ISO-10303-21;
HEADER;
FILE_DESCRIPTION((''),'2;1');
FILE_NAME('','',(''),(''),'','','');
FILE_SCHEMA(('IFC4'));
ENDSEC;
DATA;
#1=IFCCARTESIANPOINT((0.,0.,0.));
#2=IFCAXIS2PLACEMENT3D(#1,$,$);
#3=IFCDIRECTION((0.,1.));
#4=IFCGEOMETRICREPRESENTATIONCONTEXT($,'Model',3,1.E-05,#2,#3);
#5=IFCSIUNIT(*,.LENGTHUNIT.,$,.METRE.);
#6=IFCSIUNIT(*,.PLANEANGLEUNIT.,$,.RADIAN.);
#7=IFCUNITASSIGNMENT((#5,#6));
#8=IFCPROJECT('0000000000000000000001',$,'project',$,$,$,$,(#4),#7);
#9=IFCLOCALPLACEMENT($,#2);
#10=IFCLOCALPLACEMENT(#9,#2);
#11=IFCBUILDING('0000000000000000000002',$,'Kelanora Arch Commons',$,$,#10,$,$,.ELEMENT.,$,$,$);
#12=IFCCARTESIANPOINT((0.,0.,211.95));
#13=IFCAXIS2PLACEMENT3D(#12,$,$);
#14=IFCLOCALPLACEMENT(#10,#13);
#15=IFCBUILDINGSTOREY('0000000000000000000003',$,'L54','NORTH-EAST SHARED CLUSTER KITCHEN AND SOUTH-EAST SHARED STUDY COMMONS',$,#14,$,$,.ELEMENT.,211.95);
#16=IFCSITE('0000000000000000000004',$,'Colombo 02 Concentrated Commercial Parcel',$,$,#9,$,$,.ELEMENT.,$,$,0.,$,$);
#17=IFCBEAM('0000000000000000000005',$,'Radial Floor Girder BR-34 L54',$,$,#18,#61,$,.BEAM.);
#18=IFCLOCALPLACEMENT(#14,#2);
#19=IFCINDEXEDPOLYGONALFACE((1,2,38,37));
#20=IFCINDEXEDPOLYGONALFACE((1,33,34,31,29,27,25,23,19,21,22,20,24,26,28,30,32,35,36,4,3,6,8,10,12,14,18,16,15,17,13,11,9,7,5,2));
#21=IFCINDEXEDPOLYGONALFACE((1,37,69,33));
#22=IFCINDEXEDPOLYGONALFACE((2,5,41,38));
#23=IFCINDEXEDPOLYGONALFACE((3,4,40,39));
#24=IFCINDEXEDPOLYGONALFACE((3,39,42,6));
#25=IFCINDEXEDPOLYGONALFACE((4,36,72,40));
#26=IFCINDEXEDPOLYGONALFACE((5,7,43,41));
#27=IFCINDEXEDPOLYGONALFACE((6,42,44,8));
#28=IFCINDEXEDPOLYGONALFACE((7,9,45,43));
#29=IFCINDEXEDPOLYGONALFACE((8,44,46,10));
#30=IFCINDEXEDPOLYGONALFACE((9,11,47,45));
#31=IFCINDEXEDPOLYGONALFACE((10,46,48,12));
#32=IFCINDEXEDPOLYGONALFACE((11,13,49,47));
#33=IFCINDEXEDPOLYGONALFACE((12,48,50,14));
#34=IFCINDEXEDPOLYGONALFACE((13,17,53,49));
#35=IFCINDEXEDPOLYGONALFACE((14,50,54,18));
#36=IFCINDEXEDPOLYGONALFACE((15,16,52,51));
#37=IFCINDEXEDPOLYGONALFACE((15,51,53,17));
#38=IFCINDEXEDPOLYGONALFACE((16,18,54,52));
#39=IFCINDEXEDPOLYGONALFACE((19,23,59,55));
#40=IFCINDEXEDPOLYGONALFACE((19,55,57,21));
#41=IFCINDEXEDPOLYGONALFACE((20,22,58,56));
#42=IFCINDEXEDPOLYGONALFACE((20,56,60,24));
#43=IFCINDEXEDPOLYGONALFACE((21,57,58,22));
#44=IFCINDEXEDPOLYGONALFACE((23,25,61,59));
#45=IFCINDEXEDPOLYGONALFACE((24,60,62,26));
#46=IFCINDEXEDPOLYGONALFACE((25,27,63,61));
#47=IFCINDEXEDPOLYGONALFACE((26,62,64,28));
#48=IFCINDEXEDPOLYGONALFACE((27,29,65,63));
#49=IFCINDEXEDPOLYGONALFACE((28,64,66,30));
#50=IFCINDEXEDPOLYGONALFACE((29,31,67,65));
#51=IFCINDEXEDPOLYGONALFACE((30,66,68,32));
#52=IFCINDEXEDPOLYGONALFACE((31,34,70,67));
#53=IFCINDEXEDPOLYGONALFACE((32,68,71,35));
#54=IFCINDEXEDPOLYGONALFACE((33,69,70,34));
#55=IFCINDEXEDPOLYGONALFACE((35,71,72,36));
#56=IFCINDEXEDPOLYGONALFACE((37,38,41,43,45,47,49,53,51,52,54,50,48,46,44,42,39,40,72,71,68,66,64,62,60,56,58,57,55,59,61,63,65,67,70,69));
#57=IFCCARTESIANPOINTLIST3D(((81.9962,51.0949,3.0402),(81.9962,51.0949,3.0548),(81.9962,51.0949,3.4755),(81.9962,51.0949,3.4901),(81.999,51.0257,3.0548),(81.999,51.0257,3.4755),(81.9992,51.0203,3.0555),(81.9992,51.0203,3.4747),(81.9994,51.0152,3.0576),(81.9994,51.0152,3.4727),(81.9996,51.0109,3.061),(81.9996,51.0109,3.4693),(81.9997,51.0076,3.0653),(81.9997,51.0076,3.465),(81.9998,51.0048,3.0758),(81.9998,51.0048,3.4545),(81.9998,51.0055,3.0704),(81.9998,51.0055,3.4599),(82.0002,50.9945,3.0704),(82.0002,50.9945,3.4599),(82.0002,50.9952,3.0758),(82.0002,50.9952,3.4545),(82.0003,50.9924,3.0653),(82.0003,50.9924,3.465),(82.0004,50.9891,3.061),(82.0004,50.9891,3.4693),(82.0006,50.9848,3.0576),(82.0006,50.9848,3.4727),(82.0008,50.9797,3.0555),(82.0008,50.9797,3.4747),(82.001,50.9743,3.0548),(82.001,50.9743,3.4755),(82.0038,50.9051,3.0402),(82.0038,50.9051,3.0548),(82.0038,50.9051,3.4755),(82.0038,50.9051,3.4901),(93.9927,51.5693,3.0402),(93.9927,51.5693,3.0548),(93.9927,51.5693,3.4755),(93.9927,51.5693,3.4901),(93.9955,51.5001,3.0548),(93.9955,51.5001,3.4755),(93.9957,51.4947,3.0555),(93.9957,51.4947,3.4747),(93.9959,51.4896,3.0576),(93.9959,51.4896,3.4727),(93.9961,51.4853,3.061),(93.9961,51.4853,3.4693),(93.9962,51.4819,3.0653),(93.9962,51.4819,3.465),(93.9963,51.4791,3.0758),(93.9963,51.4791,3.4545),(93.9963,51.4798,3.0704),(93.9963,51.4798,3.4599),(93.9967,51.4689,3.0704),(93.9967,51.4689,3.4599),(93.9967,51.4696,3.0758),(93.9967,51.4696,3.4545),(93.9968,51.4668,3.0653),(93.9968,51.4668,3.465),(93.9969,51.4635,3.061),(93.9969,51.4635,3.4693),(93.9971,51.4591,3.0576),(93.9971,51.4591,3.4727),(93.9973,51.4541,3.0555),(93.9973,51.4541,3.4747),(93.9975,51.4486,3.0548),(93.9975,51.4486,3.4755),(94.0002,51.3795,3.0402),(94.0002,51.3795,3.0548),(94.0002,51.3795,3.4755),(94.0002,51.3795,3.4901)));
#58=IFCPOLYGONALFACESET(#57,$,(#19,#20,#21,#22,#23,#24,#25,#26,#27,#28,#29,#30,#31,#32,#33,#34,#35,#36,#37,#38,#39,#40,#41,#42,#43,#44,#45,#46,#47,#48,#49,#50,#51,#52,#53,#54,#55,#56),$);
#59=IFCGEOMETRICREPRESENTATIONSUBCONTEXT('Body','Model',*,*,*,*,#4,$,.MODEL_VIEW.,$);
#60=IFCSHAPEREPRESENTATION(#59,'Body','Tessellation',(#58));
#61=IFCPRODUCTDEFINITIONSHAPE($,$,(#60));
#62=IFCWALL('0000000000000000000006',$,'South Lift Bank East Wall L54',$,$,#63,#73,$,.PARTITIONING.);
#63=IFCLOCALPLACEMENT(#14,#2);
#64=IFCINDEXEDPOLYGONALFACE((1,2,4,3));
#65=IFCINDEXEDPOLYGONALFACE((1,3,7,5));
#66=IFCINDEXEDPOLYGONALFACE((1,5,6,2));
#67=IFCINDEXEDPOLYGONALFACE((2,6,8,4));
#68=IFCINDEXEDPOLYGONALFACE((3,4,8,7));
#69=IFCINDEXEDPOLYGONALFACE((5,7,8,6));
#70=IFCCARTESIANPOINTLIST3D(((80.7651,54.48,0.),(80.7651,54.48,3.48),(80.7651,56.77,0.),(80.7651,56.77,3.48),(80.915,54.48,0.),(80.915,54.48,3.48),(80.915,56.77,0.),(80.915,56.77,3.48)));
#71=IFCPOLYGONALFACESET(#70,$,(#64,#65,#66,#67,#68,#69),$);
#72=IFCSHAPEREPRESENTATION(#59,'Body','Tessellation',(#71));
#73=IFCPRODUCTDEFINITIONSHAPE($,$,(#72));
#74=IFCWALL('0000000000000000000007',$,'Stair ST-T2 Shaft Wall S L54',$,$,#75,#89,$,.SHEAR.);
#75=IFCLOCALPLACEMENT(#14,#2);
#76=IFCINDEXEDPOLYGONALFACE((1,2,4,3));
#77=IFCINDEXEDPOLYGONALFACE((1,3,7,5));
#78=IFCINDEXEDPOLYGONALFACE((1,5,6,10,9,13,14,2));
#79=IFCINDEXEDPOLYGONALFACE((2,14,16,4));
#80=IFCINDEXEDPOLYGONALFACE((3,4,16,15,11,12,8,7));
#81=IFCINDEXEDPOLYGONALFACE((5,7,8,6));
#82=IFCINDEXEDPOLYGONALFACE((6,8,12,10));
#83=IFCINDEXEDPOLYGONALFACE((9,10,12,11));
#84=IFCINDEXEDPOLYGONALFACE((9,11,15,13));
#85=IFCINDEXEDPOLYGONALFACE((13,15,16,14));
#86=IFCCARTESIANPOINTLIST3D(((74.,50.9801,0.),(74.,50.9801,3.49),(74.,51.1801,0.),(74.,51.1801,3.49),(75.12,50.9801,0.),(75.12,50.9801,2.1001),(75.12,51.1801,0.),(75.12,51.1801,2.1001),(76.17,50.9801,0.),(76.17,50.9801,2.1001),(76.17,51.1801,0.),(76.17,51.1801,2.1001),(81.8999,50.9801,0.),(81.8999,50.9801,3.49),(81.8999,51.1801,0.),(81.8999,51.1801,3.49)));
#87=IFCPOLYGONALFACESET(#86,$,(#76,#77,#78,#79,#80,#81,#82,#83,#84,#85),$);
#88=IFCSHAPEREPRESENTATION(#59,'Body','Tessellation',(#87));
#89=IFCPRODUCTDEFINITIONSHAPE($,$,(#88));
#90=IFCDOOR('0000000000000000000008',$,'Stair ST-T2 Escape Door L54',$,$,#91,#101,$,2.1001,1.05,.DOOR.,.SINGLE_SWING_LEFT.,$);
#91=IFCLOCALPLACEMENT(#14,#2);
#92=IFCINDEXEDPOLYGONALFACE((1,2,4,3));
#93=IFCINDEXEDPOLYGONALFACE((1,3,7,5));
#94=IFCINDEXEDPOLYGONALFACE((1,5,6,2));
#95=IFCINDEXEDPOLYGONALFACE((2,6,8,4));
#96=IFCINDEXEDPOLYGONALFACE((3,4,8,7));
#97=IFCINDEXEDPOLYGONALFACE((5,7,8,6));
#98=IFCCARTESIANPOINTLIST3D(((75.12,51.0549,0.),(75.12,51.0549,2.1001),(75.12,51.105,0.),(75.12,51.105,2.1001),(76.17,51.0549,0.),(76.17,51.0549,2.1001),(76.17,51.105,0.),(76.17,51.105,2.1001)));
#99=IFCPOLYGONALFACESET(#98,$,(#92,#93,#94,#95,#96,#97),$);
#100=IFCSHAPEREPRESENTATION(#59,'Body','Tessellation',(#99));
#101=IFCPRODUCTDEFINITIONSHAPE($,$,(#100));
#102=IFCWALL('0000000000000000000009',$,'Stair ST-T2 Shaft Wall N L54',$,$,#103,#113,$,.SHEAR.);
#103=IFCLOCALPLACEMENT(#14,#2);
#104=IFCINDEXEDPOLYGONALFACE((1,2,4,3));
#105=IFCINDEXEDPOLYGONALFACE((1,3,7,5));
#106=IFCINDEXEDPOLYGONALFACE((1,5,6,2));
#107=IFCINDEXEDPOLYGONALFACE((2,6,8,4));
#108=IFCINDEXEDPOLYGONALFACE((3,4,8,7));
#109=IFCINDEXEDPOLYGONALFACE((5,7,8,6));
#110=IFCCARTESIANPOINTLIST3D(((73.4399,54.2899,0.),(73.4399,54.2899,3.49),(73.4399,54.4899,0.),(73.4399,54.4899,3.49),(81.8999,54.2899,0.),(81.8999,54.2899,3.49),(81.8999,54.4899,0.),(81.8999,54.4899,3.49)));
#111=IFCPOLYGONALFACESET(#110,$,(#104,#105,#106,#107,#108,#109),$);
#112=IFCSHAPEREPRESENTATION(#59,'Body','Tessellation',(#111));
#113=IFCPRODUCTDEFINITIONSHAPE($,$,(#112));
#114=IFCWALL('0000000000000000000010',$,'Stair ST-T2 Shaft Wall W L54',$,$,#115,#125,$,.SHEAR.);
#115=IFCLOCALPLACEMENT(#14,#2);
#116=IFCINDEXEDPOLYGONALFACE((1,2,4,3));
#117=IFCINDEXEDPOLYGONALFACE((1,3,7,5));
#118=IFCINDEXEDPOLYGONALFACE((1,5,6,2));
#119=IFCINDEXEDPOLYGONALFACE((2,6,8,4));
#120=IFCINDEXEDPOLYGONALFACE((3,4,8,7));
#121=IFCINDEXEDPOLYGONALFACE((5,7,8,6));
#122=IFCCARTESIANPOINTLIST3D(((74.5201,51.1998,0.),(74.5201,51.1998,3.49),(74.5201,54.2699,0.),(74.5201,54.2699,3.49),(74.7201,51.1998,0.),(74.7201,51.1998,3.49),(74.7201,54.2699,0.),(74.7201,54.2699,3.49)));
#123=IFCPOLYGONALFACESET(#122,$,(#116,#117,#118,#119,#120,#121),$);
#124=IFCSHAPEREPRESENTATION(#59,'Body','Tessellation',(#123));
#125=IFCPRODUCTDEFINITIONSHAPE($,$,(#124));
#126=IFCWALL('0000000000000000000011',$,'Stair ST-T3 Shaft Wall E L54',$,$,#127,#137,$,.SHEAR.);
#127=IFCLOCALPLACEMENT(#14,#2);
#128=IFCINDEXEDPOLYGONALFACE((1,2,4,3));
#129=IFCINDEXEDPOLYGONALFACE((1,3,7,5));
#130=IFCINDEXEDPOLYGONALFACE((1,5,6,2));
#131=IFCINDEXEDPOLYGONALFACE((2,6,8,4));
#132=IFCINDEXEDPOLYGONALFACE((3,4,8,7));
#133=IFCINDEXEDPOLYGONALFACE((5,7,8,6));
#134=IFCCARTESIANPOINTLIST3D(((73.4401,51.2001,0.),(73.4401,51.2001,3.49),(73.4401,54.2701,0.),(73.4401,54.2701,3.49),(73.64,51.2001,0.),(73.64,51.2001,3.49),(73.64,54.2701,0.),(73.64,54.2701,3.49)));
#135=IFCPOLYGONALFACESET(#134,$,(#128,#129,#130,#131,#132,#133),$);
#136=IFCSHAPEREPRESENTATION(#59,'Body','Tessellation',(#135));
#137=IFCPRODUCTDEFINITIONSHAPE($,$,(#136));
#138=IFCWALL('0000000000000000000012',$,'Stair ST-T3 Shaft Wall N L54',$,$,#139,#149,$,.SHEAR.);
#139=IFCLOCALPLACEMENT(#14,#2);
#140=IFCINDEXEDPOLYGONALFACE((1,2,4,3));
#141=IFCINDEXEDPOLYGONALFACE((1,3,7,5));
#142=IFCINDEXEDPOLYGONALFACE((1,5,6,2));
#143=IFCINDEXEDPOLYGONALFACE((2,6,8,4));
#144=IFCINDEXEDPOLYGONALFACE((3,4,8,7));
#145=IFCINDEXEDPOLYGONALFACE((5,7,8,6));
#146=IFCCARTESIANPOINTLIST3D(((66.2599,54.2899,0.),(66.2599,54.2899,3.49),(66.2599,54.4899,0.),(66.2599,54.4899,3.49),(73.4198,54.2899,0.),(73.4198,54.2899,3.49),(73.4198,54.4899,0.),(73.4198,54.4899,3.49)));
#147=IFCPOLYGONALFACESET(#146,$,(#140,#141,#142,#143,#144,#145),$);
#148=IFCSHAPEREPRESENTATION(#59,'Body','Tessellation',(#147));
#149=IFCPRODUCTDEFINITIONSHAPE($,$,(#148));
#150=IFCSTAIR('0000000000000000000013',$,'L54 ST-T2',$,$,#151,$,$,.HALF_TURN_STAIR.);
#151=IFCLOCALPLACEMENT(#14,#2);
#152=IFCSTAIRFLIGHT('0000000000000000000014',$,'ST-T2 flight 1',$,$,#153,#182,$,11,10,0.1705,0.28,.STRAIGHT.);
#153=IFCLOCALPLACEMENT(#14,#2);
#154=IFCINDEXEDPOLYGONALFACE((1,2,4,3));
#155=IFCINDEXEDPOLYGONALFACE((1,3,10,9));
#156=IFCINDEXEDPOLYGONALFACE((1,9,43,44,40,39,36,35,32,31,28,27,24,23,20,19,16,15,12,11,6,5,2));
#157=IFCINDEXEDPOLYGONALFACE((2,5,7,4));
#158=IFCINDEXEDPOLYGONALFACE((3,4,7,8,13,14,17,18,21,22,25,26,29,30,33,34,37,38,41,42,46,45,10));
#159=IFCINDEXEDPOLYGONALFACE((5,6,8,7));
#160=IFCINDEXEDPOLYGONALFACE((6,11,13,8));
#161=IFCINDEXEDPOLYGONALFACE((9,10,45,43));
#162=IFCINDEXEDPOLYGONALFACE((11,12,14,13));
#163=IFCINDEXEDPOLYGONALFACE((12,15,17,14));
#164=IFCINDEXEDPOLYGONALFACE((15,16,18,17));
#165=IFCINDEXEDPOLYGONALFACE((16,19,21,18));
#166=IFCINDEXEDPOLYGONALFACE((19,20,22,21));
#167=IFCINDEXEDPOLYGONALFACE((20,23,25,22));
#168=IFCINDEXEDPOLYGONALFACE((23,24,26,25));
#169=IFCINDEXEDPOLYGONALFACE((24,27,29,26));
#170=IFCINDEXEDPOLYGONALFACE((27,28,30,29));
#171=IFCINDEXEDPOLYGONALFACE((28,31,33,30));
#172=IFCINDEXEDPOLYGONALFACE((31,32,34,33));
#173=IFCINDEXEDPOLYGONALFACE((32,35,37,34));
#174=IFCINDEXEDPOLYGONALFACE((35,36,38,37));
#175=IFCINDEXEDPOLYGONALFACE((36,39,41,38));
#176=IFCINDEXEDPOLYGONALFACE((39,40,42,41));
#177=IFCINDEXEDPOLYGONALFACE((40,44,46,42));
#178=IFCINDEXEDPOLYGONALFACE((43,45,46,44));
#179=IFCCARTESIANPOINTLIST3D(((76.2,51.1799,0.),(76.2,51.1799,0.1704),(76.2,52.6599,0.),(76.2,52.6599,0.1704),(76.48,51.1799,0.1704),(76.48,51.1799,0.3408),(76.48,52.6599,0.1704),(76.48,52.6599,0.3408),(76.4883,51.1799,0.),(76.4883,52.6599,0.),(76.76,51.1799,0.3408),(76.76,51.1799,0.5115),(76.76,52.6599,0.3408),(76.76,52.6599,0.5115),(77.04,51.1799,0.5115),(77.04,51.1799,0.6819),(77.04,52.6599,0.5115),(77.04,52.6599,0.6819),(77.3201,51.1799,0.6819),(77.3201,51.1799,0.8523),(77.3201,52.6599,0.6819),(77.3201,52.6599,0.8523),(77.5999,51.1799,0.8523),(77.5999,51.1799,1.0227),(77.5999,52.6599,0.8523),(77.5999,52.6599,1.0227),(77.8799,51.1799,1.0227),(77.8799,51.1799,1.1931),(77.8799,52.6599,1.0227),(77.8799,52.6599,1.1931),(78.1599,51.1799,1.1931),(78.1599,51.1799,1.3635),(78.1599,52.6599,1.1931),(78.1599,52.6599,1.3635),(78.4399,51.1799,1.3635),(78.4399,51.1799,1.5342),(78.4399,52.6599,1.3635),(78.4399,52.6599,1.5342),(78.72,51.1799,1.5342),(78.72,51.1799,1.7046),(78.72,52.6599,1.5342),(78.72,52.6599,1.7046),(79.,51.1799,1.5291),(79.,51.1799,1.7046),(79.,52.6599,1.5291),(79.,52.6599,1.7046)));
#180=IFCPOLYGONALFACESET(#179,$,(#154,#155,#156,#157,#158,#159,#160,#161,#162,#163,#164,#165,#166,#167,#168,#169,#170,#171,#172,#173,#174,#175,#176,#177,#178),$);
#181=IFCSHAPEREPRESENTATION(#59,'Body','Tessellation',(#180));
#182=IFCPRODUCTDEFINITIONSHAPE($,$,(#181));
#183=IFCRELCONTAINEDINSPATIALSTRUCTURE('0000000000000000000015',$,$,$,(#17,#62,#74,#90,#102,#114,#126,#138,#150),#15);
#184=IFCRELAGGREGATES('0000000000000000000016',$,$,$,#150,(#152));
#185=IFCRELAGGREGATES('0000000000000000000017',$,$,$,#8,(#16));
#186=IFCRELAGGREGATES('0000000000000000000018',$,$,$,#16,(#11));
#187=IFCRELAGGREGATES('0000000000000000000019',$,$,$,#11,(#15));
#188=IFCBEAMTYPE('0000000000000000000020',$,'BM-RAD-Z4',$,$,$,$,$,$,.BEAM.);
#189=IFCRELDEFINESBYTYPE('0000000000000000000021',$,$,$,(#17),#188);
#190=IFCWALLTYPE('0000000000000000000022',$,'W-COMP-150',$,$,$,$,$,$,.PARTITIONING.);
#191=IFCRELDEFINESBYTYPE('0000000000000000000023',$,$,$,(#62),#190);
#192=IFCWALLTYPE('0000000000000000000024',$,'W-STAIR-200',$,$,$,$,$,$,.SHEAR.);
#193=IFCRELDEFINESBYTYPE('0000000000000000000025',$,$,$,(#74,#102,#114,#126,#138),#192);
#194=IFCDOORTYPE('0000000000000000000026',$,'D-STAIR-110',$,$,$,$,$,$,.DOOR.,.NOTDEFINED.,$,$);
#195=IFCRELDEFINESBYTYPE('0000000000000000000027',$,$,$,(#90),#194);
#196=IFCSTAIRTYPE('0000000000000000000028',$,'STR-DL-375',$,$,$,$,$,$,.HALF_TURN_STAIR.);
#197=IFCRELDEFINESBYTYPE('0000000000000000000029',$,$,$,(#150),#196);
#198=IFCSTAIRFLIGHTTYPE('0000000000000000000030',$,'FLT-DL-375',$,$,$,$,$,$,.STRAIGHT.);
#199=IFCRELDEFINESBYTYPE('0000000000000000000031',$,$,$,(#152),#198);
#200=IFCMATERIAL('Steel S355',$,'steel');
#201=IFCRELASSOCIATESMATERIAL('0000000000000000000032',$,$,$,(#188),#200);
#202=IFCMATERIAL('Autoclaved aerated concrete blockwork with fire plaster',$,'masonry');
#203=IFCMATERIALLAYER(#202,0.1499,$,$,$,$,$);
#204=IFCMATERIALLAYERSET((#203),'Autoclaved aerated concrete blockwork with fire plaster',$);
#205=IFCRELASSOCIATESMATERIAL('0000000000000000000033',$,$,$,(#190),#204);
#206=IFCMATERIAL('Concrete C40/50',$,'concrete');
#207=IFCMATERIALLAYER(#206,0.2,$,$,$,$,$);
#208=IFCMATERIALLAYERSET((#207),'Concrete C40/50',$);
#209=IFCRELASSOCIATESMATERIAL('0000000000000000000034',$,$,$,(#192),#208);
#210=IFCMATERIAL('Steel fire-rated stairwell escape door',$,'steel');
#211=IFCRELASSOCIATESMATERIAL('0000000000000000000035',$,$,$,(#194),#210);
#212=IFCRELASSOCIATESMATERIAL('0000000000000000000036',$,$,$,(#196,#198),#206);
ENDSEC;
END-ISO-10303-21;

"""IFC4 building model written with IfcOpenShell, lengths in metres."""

from ifc_helpers import new_model, si_unit, direction, frame, frame_2d, origin, origin_2d, place, context, subcontext, project, spatial, polyline, rectangle, i_section, outline, extrude, material, layer, layer_set, material_profile, profile_set, type_object, element, fill, aggregate, save


model = new_model("IFC4")

# Units and contexts
model_context = context("Model", 3, precision=1e-05, world=origin(), true_north=direction((0.0, 1.0)))
body_context = subcontext(model_context, "Body", "Model", "MODEL_VIEW")
ifc_project = project(units=[si_unit("LENGTHUNIT", "METRE"), si_unit("PLANEANGLEUNIT", "RADIAN")], contexts=[model_context])

# Site, building, storey
site_placement = place(None, origin())
site = spatial("IfcSite", under=ifc_project, at=site_placement, Name="Colombo 02 Concentrated Commercial Parcel", CompositionType="ELEMENT", RefElevation=0.0)
building_placement = place(site_placement, origin())
building = spatial("IfcBuilding", under=site, at=building_placement, Name="Kelanora Arch Commons", CompositionType="ELEMENT")
storey_placement = place(building_placement, frame((0.0, 0.0, 211.95)))
storey = spatial("IfcBuildingStorey", under=building, at=storey_placement, Name="L54", Description="NORTH-EAST SHARED CLUSTER KITCHEN AND SOUTH-EAST SHARED STUDY COMMONS", CompositionType="ELEMENT", Elevation=211.95)

# Beam
ifc_material_1 = material(Name="Steel S355", Category="steel")
ifc_material_profile_1 = material_profile(ifc_material_1, i_section(OverallWidth=0.1899, OverallDepth=0.45, WebThickness=0.0095, FlangeThickness=0.0146, FilletRadius=0.021, at=origin_2d()), Name="IPE450")
ifc_profile_set_1 = profile_set([ifc_material_profile_1], Name="Steel S355")
beam_type_1 = type_object("IfcBeamType", Name="BM-RAD-Z4", PredefinedType="BEAM", material=ifc_profile_set_1)
beam_1_placement = place(storey_placement, frame((82.0, 51.0, 3.2651), z_axis=(0.999219, 0.039511, 0.0), x_axis=(-0.039511, 0.999219, 0.0)))
element("IfcBeam", 1, at=beam_1_placement, inside=storey, type_object=beam_type_1, Name="Radial Floor Girder BR-34 L54", PredefinedType="BEAM", context=body_context, shape_type="SweptSolid", body=[
    extrude(i_section(OverallWidth=0.1899, OverallDepth=0.45, WebThickness=0.0095, FlangeThickness=0.0146, FilletRadius=0.021, at=origin_2d()), origin(), (0.0, 0.0, 1.0), 12.0059),
])

# Wall
ifc_material_2 = material(Name="Autoclaved aerated concrete blockwork with fire plaster", Category="masonry")
ifc_layer_1 = layer(ifc_material_2, 0.1499)
ifc_layer_set_1 = layer_set([ifc_layer_1], Name="Autoclaved aerated concrete blockwork with fire plaster")
wall_type_1 = type_object("IfcWallType", Name="W-COMP-150", PredefinedType="PARTITIONING", material=ifc_layer_set_1)
wall_1_placement = place(storey_placement, frame((80.8401, 54.48, 0.0), z_axis=(0.0, 0.0, 1.0), x_axis=(0.0, 1.0, 0.0)))
element("IfcWall", 2, at=wall_1_placement, inside=storey, type_object=wall_type_1, Name="South Lift Bank East Wall L54", PredefinedType="PARTITIONING", context=body_context, shape_type="SweptSolid", body=[
    extrude(rectangle(XDim=2.29, YDim=0.1499, at=frame_2d((1.145, 0.0))), origin(), (0.0, 0.0, 1.0), 3.48),
])

# Wall, opening, door
ifc_material_3 = material(Name="Concrete C40/50", Category="concrete")
ifc_layer_2 = layer(ifc_material_3, 0.2)
ifc_layer_set_2 = layer_set([ifc_layer_2], Name="Concrete C40/50")
wall_type_2 = type_object("IfcWallType", Name="W-STAIR-200", PredefinedType="SHEAR", material=ifc_layer_set_2)
wall_2_placement = place(storey_placement, frame((74.0, 51.0801, 0.0), z_axis=(0.0, 0.0, 1.0), x_axis=(1.0, 0.0, 0.0)))
wall_2 = element("IfcWall", 3, at=wall_2_placement, inside=storey, type_object=wall_type_2, Name="Stair ST-T2 Shaft Wall S L54", PredefinedType="SHEAR", context=body_context, shape_type="SweptSolid", body=[
    extrude(rectangle(XDim=7.8999, YDim=0.2, at=frame_2d((3.95, 0.0))), origin(), (0.0, 0.0, 1.0), 3.49),
])
opening_placement = place(wall_2_placement, frame((1.1201, 0.0, 0.0)))
opening = element("IfcOpeningElement", 4, at=opening_placement, cuts=wall_2, PredefinedType="OPENING", context=body_context, shape_type="SweptSolid", body=[
    extrude(rectangle(XDim=1.05, YDim=2.1001, at=frame_2d((0.5249, 1.05))), frame((0.0, 0.1099, 0.0), z_axis=(0.0, -1.0, 0.0), x_axis=(1.0, 0.0, 0.0)), (0.0, 0.0, 1.0), 0.22),
])
ifc_material_4 = material(Name="Steel fire-rated stairwell escape door", Category="steel")
door_type = type_object("IfcDoorType", Name="D-STAIR-110", OperationType="NOTDEFINED", PredefinedType="DOOR", material=ifc_material_4)
door_placement = place(opening_placement, origin())
door = element("IfcDoor", 5, at=door_placement, inside=storey, type_object=door_type, Name="Stair ST-T2 Escape Door L54", OperationType="SINGLE_SWING_LEFT", OverallHeight=2.1001, OverallWidth=1.05, PredefinedType="DOOR", context=body_context, shape_type="SweptSolid", body=[
    extrude(rectangle(XDim=1.05, YDim=2.1001, at=frame_2d((0.5249, 1.05))), frame((0.0, 0.0249, 0.0), z_axis=(0.0, -1.0, 0.0), x_axis=(1.0, 0.0, 0.0)), (0.0, 0.0, 1.0), 0.05),
])
fill(opening, door)

# Walls
wall_3_placement = place(storey_placement, frame((81.8999, 54.3899, 0.0), z_axis=(0.0, 0.0, 1.0), x_axis=(-1.0, 0.0, 0.0)))
element("IfcWall", 6, at=wall_3_placement, inside=storey, type_object=wall_type_2, Name="Stair ST-T2 Shaft Wall N L54", PredefinedType="SHEAR", context=body_context, shape_type="SweptSolid", body=[
    extrude(rectangle(XDim=8.46, YDim=0.2, at=frame_2d((4.23, 0.0))), origin(), (0.0, 0.0, 1.0), 3.49),
])
for number, where, z_axis, x_axis, name in (
    (7, (74.6201, 54.27, 0.0), (0.0, 0.0, 1.0), (0.0, -1.0, 0.0), "Stair ST-T2 Shaft Wall W L54"),
    (8, (73.54, 51.2, 0.0), (0.0, 0.0, 1.0), (0.0, 1.0, 0.0), "Stair ST-T3 Shaft Wall E L54"),
):
    element("IfcWall", number, at=place(storey_placement, frame(where, z_axis=z_axis, x_axis=x_axis)), inside=storey, type_object=wall_type_2, Name=name, PredefinedType="SHEAR", context=body_context, shape_type="SweptSolid", body=[
        extrude(rectangle(XDim=3.0701, YDim=0.2, at=frame_2d((1.5352, 0.0))), origin(), (0.0, 0.0, 1.0), 3.49),
    ])
wall_4_placement = place(storey_placement, frame((73.4199, 54.3899, 0.0), z_axis=(0.0, 0.0, 1.0), x_axis=(-1.0, 0.0, 0.0)))
element("IfcWall", 9, at=wall_4_placement, inside=storey, type_object=wall_type_2, Name="Stair ST-T3 Shaft Wall N L54", PredefinedType="SHEAR", context=body_context, shape_type="SweptSolid", body=[
    extrude(rectangle(XDim=7.1599, YDim=0.2, at=frame_2d((3.5801, 0.0))), origin(), (0.0, 0.0, 1.0), 3.49),
])

# Stair, stair flight
stair_type = type_object("IfcStairType", Name="STR-DL-375", PredefinedType="HALF_TURN_STAIR", material=ifc_material_3)
stair_placement = place(storey_placement, origin())
stair = element("IfcStair", 10, at=stair_placement, inside=storey, type_object=stair_type, Name="L54 ST-T2", PredefinedType="HALF_TURN_STAIR")
stair_flight_type = type_object("IfcStairFlightType", Name="FLT-DL-375", PredefinedType="STRAIGHT", material=ifc_material_3)
stair_flight_1_placement = place(storey_placement, frame((76.2, 51.9199, 0.0), z_axis=(0.0, 0.0, 1.0), x_axis=(1.0, 0.0, 0.0)))
stair_flight_1 = element("IfcStairFlight", 11, at=stair_flight_1_placement, type_object=stair_flight_type, Name="ST-T2 flight 1", NumberOfRisers=11, NumberOfTreads=10, PredefinedType="STRAIGHT", RiserHeight=0.1705, TreadLength=0.28, context=body_context, shape_type="SweptSolid", body=[
    extrude(outline(polyline([(0.0, 0.0), (0.0, 0.1704), (0.28, 0.1704), (0.28, 0.3408), (0.5601, 0.3408), (0.5601, 0.5115), (0.8401, 0.5115), (0.8401, 0.6819), (1.1201, 0.6819), (1.1201, 0.8523), (1.3999, 0.8523), (1.3999, 1.0227), (1.6799, 1.0227), (1.6799, 1.1931), (1.96, 1.1931), (1.96, 1.3635), (2.24, 1.3635), (2.24, 1.5342), (2.52, 1.5342), (2.52, 1.7046), (2.8, 1.7046), (2.8, 1.875), (2.8, 1.5291), (0.2883, 0.0), (0.0, 0.0)])), frame((0.0, 0.74, 0.0), z_axis=(0.0, -1.0, 0.0), x_axis=(1.0, 0.0, 0.0)), (0.0, 0.0, 1.0), 1.48),
])
aggregate(stair, [stair_flight_1])

save(model, "model.ifc")
